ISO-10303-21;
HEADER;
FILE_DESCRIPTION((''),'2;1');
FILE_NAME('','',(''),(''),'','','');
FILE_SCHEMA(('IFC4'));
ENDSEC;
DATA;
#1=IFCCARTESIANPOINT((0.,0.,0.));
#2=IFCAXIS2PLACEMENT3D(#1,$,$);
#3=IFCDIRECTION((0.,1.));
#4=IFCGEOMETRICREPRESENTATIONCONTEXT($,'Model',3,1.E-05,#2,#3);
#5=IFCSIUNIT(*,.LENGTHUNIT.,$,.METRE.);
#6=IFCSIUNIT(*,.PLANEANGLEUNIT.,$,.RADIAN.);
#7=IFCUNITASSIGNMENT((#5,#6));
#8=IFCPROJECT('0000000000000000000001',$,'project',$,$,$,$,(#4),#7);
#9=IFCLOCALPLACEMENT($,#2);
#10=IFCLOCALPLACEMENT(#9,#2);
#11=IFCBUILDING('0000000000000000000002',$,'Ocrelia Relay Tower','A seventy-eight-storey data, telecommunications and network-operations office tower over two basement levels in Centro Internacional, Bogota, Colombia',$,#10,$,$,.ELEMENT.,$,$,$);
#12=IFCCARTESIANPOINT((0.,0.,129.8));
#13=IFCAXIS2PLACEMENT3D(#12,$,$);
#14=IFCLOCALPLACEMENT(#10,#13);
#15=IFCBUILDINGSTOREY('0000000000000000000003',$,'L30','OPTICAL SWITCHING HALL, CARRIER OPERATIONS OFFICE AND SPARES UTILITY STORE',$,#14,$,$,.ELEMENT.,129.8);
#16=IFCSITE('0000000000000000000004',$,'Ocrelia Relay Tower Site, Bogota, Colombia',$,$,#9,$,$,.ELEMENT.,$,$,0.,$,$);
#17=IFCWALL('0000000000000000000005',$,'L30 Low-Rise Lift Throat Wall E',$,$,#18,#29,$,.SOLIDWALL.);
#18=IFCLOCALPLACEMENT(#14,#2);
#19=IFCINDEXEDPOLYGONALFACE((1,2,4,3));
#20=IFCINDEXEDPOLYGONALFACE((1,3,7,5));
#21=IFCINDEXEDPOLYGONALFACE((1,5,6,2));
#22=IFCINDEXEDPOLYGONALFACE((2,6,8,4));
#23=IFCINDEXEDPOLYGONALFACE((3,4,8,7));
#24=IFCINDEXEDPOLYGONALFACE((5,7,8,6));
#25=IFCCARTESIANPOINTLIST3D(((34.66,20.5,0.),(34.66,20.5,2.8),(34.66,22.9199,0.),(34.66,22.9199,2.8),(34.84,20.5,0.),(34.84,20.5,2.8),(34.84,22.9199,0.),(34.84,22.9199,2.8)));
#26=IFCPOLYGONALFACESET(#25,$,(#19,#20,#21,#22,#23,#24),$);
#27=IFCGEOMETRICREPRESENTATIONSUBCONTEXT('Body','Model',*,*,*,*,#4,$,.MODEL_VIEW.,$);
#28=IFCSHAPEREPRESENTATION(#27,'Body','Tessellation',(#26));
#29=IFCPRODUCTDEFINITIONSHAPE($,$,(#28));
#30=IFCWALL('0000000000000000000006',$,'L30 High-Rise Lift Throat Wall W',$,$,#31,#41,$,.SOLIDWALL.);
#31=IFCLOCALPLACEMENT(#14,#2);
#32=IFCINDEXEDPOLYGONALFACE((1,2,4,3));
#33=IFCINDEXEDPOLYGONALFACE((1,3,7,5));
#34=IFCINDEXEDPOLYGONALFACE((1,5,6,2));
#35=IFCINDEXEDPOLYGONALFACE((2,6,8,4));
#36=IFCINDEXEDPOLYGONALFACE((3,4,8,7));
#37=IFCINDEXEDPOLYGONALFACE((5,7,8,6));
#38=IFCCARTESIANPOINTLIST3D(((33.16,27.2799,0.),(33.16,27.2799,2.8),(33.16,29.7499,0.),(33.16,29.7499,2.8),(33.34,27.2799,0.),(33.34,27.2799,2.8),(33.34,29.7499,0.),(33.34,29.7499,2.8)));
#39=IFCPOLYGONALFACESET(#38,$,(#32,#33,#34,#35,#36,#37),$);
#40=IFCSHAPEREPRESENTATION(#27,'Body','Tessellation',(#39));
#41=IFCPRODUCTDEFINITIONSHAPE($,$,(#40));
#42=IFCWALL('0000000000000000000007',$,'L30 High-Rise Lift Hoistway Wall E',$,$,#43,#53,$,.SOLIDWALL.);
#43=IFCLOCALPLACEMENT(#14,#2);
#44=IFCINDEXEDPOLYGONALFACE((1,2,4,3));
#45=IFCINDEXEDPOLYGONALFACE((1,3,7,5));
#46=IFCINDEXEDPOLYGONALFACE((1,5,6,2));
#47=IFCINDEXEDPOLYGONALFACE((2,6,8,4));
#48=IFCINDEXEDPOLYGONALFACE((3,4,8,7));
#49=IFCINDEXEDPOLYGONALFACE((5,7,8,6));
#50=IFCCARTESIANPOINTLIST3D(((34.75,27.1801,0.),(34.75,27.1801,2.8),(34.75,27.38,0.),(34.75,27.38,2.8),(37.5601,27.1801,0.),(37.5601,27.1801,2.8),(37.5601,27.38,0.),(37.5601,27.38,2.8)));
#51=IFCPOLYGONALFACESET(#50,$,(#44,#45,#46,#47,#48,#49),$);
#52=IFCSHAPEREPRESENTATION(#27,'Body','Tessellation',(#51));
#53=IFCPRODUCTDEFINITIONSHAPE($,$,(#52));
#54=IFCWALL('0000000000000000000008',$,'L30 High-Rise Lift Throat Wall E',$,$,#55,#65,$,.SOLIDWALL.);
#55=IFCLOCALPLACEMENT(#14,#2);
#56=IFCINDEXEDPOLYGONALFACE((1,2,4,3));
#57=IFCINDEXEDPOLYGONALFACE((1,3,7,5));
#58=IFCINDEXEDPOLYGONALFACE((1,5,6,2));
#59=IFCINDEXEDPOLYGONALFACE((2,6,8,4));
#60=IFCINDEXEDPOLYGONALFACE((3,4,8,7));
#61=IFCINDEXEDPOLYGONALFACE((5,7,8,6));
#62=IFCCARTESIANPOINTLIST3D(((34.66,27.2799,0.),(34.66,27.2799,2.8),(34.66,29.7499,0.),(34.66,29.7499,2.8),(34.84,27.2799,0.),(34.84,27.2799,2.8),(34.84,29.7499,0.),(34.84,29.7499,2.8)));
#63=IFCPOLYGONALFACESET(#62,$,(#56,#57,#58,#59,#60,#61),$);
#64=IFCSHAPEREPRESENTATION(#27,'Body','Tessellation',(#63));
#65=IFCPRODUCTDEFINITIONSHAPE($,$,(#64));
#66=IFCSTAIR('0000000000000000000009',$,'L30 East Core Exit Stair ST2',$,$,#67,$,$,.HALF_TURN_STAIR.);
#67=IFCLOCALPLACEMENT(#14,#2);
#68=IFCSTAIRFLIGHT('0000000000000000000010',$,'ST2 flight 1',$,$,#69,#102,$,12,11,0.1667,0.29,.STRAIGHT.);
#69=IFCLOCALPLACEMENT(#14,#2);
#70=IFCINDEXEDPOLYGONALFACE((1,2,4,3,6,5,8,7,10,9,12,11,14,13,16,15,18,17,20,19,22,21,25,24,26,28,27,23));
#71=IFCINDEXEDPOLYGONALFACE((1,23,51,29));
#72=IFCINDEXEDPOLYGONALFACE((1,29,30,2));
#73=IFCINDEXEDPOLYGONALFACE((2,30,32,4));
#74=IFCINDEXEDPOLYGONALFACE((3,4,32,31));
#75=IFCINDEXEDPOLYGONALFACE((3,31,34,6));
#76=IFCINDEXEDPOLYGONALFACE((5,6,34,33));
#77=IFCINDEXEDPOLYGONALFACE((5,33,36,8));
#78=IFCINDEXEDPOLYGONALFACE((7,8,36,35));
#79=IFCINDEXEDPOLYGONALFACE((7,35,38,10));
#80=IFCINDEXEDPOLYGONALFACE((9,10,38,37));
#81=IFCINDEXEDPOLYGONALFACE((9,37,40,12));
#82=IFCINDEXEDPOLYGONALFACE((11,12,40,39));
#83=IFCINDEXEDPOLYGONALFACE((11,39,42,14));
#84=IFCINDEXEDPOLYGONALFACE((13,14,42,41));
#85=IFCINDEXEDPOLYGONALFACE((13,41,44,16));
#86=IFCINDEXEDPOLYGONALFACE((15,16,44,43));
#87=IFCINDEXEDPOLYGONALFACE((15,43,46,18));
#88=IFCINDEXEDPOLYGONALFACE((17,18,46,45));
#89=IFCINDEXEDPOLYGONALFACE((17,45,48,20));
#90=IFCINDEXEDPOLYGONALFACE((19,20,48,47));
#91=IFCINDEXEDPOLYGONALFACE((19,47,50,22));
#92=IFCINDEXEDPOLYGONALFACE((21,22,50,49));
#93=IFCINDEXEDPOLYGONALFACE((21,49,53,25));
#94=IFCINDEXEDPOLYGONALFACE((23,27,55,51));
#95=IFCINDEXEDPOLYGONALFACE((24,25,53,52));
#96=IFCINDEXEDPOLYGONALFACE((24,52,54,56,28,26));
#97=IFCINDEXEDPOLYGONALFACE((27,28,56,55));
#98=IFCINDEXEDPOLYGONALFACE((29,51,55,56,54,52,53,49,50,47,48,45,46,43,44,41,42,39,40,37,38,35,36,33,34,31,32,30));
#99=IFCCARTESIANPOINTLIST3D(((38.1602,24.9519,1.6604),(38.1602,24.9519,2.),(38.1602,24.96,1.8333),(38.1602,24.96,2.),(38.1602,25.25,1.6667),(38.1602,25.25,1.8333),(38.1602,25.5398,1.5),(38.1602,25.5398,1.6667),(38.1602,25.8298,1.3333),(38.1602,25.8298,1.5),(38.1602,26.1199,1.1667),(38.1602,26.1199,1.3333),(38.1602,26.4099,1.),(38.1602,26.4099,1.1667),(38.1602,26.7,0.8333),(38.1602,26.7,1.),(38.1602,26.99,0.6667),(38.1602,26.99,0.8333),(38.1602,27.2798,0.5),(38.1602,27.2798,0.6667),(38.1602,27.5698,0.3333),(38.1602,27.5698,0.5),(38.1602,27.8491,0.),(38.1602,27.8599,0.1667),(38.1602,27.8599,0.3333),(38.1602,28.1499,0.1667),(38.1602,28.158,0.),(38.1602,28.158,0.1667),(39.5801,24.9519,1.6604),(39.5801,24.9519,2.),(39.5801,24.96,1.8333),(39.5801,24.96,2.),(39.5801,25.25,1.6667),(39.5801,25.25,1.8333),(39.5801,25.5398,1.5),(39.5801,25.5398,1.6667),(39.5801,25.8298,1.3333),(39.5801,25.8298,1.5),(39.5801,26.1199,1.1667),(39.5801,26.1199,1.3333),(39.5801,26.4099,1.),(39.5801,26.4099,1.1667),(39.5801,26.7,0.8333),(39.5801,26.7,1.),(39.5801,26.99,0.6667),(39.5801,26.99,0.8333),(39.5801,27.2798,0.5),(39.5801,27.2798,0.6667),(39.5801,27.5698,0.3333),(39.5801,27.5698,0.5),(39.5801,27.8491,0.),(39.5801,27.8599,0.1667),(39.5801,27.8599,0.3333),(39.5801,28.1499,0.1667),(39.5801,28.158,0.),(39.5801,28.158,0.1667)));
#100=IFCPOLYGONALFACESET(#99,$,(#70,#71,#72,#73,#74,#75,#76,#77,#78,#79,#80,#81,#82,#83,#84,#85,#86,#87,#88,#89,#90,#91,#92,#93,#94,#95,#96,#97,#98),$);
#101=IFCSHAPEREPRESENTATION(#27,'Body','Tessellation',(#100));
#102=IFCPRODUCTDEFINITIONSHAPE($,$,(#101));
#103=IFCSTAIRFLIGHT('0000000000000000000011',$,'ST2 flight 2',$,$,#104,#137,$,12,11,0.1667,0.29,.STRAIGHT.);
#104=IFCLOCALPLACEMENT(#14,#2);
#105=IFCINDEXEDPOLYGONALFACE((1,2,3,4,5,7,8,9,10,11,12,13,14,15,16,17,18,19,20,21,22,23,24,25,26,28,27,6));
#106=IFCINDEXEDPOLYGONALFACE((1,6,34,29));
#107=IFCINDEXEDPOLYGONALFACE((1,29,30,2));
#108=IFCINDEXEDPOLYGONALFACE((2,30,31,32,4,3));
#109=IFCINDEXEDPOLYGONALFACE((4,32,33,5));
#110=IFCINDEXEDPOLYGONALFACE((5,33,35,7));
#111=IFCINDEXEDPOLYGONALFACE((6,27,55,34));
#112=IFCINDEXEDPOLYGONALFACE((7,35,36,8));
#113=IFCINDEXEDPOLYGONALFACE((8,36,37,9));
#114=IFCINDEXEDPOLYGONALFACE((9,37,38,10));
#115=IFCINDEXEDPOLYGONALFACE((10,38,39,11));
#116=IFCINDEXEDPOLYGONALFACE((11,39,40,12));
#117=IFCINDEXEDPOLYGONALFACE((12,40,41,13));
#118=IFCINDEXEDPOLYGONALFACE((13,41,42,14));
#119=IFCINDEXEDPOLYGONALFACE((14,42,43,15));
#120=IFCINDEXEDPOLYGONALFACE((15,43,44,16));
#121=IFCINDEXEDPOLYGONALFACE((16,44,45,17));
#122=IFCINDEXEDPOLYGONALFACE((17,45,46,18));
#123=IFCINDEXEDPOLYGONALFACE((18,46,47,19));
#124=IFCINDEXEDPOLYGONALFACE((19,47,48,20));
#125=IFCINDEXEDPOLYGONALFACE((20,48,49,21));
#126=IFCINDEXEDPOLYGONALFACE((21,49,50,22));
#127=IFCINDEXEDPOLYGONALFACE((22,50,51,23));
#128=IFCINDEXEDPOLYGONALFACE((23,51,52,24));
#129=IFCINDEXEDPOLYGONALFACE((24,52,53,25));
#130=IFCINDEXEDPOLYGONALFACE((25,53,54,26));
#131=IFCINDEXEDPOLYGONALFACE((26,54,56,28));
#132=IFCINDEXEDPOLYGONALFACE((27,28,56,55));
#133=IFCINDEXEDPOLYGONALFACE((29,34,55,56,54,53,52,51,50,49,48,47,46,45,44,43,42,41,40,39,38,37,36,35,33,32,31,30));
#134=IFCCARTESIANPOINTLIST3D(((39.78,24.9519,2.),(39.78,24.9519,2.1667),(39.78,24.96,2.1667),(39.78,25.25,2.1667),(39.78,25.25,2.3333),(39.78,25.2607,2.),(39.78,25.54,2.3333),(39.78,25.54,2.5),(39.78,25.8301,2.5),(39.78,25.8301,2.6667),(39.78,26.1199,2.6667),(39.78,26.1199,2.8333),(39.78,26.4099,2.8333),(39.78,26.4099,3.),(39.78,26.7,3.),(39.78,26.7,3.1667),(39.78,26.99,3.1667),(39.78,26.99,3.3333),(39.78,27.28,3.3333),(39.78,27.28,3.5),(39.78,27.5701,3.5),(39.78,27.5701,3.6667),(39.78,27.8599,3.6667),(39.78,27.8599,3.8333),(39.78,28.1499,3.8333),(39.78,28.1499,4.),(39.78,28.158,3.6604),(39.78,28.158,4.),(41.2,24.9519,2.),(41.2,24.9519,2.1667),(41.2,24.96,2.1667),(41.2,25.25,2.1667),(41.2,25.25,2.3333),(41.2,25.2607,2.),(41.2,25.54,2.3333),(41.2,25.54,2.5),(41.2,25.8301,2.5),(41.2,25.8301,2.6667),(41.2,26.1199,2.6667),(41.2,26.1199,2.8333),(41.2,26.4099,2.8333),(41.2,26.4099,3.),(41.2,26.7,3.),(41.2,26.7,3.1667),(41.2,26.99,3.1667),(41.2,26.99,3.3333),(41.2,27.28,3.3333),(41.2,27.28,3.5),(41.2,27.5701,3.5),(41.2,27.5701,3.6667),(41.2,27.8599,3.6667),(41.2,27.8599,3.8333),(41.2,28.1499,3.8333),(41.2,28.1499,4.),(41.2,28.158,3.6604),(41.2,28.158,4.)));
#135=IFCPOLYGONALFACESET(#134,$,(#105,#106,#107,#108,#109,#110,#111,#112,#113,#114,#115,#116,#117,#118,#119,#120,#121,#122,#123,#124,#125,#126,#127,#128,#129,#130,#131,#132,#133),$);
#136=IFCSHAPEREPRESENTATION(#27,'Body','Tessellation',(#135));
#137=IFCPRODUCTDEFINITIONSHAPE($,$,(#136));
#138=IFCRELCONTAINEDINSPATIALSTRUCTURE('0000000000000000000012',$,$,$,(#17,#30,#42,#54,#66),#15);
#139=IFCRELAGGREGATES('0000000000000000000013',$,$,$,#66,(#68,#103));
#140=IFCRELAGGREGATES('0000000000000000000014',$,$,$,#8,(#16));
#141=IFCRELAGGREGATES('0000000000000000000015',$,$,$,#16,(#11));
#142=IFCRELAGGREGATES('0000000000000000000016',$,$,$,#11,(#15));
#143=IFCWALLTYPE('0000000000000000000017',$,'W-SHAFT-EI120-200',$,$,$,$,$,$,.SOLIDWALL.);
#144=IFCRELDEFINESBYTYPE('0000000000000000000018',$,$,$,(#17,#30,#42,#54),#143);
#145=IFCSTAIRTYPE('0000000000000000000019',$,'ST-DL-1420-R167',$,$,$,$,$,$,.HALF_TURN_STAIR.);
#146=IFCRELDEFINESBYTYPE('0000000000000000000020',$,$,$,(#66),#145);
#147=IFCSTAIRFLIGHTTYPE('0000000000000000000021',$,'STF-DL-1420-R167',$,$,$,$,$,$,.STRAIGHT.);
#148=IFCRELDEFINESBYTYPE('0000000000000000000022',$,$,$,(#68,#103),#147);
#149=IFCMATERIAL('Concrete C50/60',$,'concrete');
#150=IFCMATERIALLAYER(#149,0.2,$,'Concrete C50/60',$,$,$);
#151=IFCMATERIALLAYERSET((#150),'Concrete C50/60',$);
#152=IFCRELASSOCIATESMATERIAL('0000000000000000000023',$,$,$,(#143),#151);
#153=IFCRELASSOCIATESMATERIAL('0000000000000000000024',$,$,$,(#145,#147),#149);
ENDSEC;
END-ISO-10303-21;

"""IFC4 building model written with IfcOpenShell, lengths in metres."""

from ifc_helpers import new_model, si_unit, direction, frame, frame_2d, origin, place, context, subcontext, project, spatial, polyline, rectangle, outline, extrude, material, layer, layer_set, type_object, element, aggregate, save


model = new_model("IFC4")

# Units and contexts
model_context = context("Model", 3, precision=1e-05, world=origin(), true_north=direction((0.0, 1.0)))
body_context = subcontext(model_context, "Body", "Model", "MODEL_VIEW")
ifc_project = project(units=[si_unit("LENGTHUNIT", "METRE"), si_unit("PLANEANGLEUNIT", "RADIAN")], contexts=[model_context])

# Site, building, storey
site_placement = place(None, origin())
site = spatial("IfcSite", under=ifc_project, at=site_placement, Name="Ocrelia Relay Tower Site, Bogota, Colombia", CompositionType="ELEMENT", RefElevation=0.0)
building_placement = place(site_placement, origin())
building = spatial("IfcBuilding", under=site, at=building_placement, Name="Ocrelia Relay Tower", Description="A seventy-eight-storey data, telecommunications and network-operations office tower over two basement levels in Centro Internacional, Bogota, Colombia", CompositionType="ELEMENT")
storey_placement = place(building_placement, frame((0.0, 0.0, 129.8)))
storey = spatial("IfcBuildingStorey", under=building, at=storey_placement, Name="L30", Description="OPTICAL SWITCHING HALL, CARRIER OPERATIONS OFFICE AND SPARES UTILITY STORE", CompositionType="ELEMENT", Elevation=129.8)

# Shared definitions
ifc_material_1 = material(Name="Concrete C50/60", Category="concrete")
ifc_layer_1 = layer(ifc_material_1, 0.2, Name="Concrete C50/60")
ifc_layer_set_1 = layer_set([ifc_layer_1], Name="Concrete C50/60")
wall_type_1 = type_object("IfcWallType", Name="W-SHAFT-EI120-200", PredefinedType="SOLIDWALL", material=ifc_layer_set_1)

# Walls
wall_1_placement = place(storey_placement, frame((34.75, 20.5, 0.0), z_axis=(0.0, 0.0, 1.0), x_axis=(0.0, 1.0, 0.0)))
element("IfcWall", 1, at=wall_1_placement, inside=storey, type_object=wall_type_1, Name="L30 Low-Rise Lift Throat Wall E", PredefinedType="SOLIDWALL", context=body_context, shape_type="SweptSolid", body=[
    extrude(rectangle(XDim=2.4199, YDim=0.1799, at=frame_2d((1.21, 0.0))), origin(), (0.0, 0.0, 1.0), 2.8),
])
wall_2_placement = place(storey_placement, frame((33.25, 27.28, 0.0), z_axis=(0.0, 0.0, 1.0), x_axis=(0.0, 1.0, 0.0)))
element("IfcWall", 2, at=wall_2_placement, inside=storey, type_object=wall_type_1, Name="L30 High-Rise Lift Throat Wall W", PredefinedType="SOLIDWALL", context=body_context, shape_type="SweptSolid", body=[
    extrude(rectangle(XDim=2.47, YDim=0.1799, at=frame_2d((1.2349, 0.0))), origin(), (0.0, 0.0, 1.0), 2.8),
])
wall_3_placement = place(storey_placement, frame((34.75, 27.28, 0.0), z_axis=(0.0, 0.0, 1.0), x_axis=(1.0, 0.0, 0.0)))
element("IfcWall", 3, at=wall_3_placement, inside=storey, type_object=wall_type_1, Name="L30 High-Rise Lift Hoistway Wall E", PredefinedType="SOLIDWALL", context=body_context, shape_type="SweptSolid", body=[
    extrude(rectangle(XDim=2.8101, YDim=0.2, at=frame_2d((1.405, 0.0))), origin(), (0.0, 0.0, 1.0), 2.8),
])
wall_4_placement = place(storey_placement, frame((34.75, 27.28, 0.0), z_axis=(0.0, 0.0, 1.0), x_axis=(0.0, 1.0, 0.0)))
element("IfcWall", 4, at=wall_4_placement, inside=storey, type_object=wall_type_1, Name="L30 High-Rise Lift Throat Wall E", PredefinedType="SOLIDWALL", context=body_context, shape_type="SweptSolid", body=[
    extrude(rectangle(XDim=2.47, YDim=0.1799, at=frame_2d((1.2349, 0.0))), origin(), (0.0, 0.0, 1.0), 2.8),
])

# Stair, stair flights
stair_type = type_object("IfcStairType", Name="ST-DL-1420-R167", PredefinedType="HALF_TURN_STAIR", material=ifc_material_1)
stair_placement = place(storey_placement, origin())
stair = element("IfcStair", 5, at=stair_placement, inside=storey, type_object=stair_type, Name="L30 East Core Exit Stair ST2", PredefinedType="HALF_TURN_STAIR")
stair_flight_type = type_object("IfcStairFlightType", Name="STF-DL-1420-R167", PredefinedType="STRAIGHT", material=ifc_material_1)
stair_flight_1_placement = place(storey_placement, frame((38.8701, 28.1499, 0.0), z_axis=(0.0, 0.0, 1.0), x_axis=(0.0, -1.0, 0.0)))
stair_flight_1 = element("IfcStairFlight", 6, at=stair_flight_1_placement, type_object=stair_flight_type, Name="ST2 flight 1", NumberOfRisers=12, NumberOfTreads=11, PredefinedType="STRAIGHT", RiserHeight=0.1667, TreadLength=0.29, context=body_context, shape_type="SweptSolid", body=[
    extrude(outline(polyline([(-0.0081, 0.0), (-0.0081, 0.1667), (0.0, 0.1667), (0.29, 0.1667), (0.29, 0.3333), (0.5801, 0.3333), (0.5801, 0.5), (0.8701, 0.5), (0.8701, 0.6667), (1.1599, 0.6667), (1.1599, 0.8333), (1.45, 0.8333), (1.45, 1.0), (1.74, 1.0), (1.74, 1.1667), (2.03, 1.1667), (2.03, 1.3333), (2.3201, 1.3333), (2.3201, 1.5), (2.6101, 1.5), (2.6101, 1.6667), (2.8999, 1.6667), (2.8999, 1.8333), (3.1899, 1.8333), (3.1899, 2.0), (3.198, 2.0), (3.198, 1.6604), (0.3008, 0.0), (-0.0081, 0.0)])), frame((0.0, 0.71, 0.0), z_axis=(0.0, -1.0, 0.0), x_axis=(1.0, 0.0, 0.0)), (0.0, 0.0, 1.0), 1.4199),
])
stair_flight_2_placement = place(storey_placement, frame((40.49, 24.96, 2.0), z_axis=(0.0, 0.0, 1.0), x_axis=(0.0, 1.0, 0.0)))
stair_flight_2 = element("IfcStairFlight", 7, at=stair_flight_2_placement, type_object=stair_flight_type, Name="ST2 flight 2", NumberOfRisers=12, NumberOfTreads=11, PredefinedType="STRAIGHT", RiserHeight=0.1667, TreadLength=0.29, context=body_context, shape_type="SweptSolid", body=[
    extrude(outline(polyline([(-0.0081, 0.0), (-0.0081, 0.1667), (0.0, 0.1667), (0.29, 0.1667), (0.29, 0.3333), (0.5801, 0.3333), (0.5801, 0.5), (0.8701, 0.5), (0.8701, 0.6667), (1.1599, 0.6667), (1.1599, 0.8333), (1.45, 0.8333), (1.45, 1.0), (1.74, 1.0), (1.74, 1.1667), (2.03, 1.1667), (2.03, 1.3333), (2.3201, 1.3333), (2.3201, 1.5), (2.6101, 1.5), (2.6101, 1.6667), (2.8999, 1.6667), (2.8999, 1.8333), (3.1899, 1.8333), (3.1899, 2.0), (3.198, 2.0), (3.198, 1.6604), (0.3008, 0.0), (-0.0081, 0.0)])), frame((0.0, 0.71, 0.0), z_axis=(0.0, -1.0, 0.0), x_axis=(1.0, 0.0, 0.0)), (0.0, 0.0, 1.0), 1.4199),
])
aggregate(stair, [stair_flight_1, stair_flight_2])

save(model, "model.ifc")
